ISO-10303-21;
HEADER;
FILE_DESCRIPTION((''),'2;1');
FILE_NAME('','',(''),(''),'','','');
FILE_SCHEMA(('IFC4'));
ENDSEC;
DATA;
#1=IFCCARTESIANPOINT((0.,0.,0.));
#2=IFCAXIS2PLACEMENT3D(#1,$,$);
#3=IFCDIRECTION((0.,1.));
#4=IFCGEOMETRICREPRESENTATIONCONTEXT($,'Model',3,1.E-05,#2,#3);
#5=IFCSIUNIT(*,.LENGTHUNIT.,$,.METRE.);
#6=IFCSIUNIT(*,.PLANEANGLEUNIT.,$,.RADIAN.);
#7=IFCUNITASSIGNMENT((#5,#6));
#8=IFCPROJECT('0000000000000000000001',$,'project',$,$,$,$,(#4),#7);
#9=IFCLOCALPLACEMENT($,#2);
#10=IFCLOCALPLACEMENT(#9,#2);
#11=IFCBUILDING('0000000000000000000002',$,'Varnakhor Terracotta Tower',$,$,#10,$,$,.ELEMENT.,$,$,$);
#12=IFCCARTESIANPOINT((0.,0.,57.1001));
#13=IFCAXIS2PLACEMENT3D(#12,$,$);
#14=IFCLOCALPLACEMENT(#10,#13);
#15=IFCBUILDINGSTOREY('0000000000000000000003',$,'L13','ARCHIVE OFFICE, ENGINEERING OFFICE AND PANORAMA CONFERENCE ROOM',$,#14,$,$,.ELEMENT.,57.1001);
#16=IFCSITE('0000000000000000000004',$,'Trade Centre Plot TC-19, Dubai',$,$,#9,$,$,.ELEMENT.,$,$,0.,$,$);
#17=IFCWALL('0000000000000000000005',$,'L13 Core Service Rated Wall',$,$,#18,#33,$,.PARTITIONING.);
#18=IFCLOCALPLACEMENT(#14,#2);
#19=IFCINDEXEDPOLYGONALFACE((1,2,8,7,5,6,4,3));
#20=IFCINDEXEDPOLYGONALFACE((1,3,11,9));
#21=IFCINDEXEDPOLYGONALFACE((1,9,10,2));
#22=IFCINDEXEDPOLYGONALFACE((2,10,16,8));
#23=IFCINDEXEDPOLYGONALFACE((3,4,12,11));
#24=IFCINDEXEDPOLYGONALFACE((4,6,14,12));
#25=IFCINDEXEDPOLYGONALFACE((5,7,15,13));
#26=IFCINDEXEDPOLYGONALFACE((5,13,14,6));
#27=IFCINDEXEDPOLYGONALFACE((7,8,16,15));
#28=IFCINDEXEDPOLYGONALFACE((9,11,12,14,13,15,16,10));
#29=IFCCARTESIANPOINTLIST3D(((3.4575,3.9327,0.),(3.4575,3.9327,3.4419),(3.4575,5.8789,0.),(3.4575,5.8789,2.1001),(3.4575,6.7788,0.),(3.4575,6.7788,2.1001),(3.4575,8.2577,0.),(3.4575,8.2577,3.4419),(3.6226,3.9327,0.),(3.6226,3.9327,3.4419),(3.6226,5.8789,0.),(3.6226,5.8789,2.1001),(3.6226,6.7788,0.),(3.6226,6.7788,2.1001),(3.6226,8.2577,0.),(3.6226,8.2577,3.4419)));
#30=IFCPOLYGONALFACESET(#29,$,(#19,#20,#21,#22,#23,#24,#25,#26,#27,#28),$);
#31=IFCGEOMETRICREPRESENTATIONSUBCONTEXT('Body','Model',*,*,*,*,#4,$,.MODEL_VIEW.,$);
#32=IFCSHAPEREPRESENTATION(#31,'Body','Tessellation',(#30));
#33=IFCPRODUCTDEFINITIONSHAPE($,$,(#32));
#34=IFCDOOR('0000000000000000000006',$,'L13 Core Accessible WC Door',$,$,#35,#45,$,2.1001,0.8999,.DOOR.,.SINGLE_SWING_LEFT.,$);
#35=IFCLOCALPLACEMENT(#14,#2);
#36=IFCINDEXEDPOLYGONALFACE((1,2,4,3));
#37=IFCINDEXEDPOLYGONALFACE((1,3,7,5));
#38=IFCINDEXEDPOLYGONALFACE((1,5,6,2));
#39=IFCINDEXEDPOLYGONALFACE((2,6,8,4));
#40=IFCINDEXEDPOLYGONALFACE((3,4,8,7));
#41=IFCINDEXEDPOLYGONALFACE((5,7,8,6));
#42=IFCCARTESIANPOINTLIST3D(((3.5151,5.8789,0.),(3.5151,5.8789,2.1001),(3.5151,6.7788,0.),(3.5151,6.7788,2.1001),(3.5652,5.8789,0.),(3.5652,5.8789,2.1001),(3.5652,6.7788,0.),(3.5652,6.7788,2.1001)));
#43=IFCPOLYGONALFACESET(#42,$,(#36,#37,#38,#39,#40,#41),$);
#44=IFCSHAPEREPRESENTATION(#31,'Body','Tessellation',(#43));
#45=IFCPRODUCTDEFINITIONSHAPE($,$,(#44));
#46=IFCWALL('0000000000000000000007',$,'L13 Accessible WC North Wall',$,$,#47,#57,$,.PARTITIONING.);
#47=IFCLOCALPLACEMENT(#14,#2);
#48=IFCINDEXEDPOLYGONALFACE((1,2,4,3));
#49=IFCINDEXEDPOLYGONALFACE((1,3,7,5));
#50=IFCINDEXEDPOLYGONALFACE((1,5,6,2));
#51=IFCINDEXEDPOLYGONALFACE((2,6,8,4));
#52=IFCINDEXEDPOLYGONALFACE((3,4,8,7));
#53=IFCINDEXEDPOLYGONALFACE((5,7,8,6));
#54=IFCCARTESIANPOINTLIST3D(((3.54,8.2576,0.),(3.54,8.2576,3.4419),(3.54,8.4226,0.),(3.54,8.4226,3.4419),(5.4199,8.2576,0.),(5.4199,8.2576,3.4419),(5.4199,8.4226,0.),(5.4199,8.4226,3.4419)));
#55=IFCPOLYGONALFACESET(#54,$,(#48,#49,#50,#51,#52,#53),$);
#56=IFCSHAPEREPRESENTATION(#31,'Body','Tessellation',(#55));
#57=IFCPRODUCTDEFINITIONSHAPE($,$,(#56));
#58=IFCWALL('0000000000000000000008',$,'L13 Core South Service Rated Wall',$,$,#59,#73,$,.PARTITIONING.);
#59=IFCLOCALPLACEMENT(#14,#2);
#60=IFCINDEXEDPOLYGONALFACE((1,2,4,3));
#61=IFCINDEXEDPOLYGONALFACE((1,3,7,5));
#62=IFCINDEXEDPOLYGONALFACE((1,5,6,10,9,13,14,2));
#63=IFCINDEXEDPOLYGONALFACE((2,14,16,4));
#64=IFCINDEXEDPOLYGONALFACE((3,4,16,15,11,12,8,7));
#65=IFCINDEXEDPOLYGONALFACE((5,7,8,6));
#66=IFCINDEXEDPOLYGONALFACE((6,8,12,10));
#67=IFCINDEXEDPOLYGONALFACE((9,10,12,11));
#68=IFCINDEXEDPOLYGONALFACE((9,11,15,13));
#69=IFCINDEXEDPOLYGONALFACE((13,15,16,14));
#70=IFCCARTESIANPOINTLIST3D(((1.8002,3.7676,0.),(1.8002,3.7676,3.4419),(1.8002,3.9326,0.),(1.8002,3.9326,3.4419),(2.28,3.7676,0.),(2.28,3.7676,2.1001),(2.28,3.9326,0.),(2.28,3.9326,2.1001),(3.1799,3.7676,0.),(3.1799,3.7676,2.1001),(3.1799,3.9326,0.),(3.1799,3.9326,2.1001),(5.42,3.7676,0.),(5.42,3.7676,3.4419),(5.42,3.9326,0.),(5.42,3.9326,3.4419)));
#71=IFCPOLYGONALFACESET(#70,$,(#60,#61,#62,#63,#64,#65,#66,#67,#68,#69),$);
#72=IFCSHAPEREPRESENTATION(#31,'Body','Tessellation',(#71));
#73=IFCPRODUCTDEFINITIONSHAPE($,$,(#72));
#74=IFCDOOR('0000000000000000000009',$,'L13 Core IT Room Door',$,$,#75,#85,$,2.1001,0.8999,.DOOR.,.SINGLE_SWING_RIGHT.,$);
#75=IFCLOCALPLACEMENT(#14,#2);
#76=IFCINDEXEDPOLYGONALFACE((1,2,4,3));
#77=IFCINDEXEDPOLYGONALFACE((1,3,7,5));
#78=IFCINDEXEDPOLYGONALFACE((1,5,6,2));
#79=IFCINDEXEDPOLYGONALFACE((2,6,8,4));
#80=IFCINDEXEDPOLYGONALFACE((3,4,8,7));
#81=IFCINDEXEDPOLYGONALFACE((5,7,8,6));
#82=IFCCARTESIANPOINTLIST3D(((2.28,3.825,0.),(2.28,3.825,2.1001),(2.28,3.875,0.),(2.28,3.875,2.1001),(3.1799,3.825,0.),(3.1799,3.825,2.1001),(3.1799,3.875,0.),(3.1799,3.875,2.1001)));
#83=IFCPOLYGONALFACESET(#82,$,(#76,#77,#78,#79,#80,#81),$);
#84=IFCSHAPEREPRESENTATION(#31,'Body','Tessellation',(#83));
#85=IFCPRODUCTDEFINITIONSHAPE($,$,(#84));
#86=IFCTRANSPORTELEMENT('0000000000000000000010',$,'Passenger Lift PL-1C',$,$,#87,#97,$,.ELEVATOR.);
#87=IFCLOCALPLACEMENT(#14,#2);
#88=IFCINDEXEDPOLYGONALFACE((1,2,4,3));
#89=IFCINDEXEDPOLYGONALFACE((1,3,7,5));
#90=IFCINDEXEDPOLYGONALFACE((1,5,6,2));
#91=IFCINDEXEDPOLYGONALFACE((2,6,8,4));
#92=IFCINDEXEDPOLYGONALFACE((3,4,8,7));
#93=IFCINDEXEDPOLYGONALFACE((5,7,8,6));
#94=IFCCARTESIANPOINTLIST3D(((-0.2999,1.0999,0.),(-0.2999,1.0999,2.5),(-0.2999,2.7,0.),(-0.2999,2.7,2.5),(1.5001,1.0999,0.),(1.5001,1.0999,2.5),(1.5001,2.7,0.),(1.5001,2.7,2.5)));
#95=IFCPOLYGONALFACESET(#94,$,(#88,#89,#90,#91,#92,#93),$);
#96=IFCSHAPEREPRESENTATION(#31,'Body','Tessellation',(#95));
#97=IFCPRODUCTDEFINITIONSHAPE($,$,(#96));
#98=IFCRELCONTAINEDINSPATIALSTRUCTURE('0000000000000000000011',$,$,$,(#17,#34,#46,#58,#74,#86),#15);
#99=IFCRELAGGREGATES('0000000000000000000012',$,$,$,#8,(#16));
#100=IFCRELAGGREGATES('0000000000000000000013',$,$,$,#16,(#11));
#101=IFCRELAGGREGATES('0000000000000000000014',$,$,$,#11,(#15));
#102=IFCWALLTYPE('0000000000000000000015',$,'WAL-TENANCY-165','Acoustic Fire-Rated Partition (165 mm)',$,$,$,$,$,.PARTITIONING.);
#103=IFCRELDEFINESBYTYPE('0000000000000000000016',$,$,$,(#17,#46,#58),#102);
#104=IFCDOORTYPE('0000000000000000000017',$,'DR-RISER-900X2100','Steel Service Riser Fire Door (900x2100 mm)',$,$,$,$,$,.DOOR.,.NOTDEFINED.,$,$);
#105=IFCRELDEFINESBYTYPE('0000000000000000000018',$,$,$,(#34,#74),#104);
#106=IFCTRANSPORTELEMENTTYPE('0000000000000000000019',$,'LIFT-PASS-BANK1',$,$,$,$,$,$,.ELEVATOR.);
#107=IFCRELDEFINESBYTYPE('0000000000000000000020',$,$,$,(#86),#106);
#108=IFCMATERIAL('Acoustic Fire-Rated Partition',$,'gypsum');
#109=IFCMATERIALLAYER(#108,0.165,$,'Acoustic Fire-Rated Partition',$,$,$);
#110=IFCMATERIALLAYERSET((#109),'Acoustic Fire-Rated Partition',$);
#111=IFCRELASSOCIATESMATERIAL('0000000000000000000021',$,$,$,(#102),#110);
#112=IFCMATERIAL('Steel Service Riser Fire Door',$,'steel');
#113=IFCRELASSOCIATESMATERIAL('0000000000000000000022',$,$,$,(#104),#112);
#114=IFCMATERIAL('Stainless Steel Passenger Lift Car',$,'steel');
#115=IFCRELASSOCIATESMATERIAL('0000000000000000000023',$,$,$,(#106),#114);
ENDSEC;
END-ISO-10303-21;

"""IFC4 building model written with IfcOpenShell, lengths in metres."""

from ifc_helpers import new_model, si_unit, direction, frame, frame_2d, origin, origin_2d, place, context, subcontext, project, spatial, rectangle, extrude, source, transform, mapped, material, layer, layer_set, type_object, type_shapes, element, fill, save


model = new_model("IFC4")

# Units and contexts
model_context = context("Model", 3, precision=1e-05, world=origin(), true_north=direction((0.0, 1.0)))
body_context = subcontext(model_context, "Body", "Model", "MODEL_VIEW")
ifc_project = project(units=[si_unit("LENGTHUNIT", "METRE"), si_unit("PLANEANGLEUNIT", "RADIAN")], contexts=[model_context])

# Site, building, storey
site_placement = place(None, origin())
site = spatial("IfcSite", under=ifc_project, at=site_placement, Name="Trade Centre Plot TC-19, Dubai", CompositionType="ELEMENT", RefElevation=0.0)
building_placement = place(site_placement, origin())
building = spatial("IfcBuilding", under=site, at=building_placement, Name="Varnakhor Terracotta Tower", CompositionType="ELEMENT")
storey_placement = place(building_placement, frame((0.0, 0.0, 57.1001)))
storey = spatial("IfcBuildingStorey", under=building, at=storey_placement, Name="L13", Description="ARCHIVE OFFICE, ENGINEERING OFFICE AND PANORAMA CONFERENCE ROOM", CompositionType="ELEMENT", Elevation=57.1001)

# Shared definitions
ifc_material_1 = material(Name="Acoustic Fire-Rated Partition", Category="gypsum")
ifc_layer_1 = layer(ifc_material_1, 0.165, Name="Acoustic Fire-Rated Partition")
ifc_layer_set_1 = layer_set([ifc_layer_1], Name="Acoustic Fire-Rated Partition")
wall_type_1 = type_object("IfcWallType", Name="WAL-TENANCY-165", Description="Acoustic Fire-Rated Partition (165 mm)", PredefinedType="PARTITIONING", material=ifc_layer_set_1)

# Wall, opening, door
wall_1_placement = place(storey_placement, frame((3.54, 3.9326, 0.0), z_axis=(0.0, 0.0, 1.0), x_axis=(0.0, 1.0, 0.0)))
wall_1 = element("IfcWall", 1, at=wall_1_placement, inside=storey, type_object=wall_type_1, Name="L13 Core Service Rated Wall", PredefinedType="PARTITIONING", context=body_context, shape_type="SweptSolid", body=[
    extrude(rectangle(XDim=4.325, YDim=0.165, at=frame_2d((2.1626, 0.0))), origin(), (0.0, 0.0, 1.0), 3.4419),
])
opening_1_placement = place(wall_1_placement, frame((1.9463, 0.0, 0.0)))
opening_1 = element("IfcOpeningElement", 2, at=opening_1_placement, cuts=wall_1, PredefinedType="OPENING", context=body_context, shape_type="SweptSolid", body=[
    extrude(rectangle(XDim=0.8999, YDim=2.1001, at=frame_2d((0.45, 1.05))), frame((0.0, 0.0925, 0.0), z_axis=(0.0, -1.0, 0.0), x_axis=(1.0, 0.0, 0.0)), (0.0, 0.0, 1.0), 0.1851),
])
ifc_material_2 = material(Name="Steel Service Riser Fire Door", Category="steel")
door_type_1 = type_object("IfcDoorType", Name="DR-RISER-900X2100", Description="Steel Service Riser Fire Door (900x2100 mm)", OperationType="NOTDEFINED", PredefinedType="DOOR", material=ifc_material_2)
shared_shape_1 = source(origin(), body_context, "Body", "SweptSolid", [
    extrude(rectangle(XDim=0.8999, YDim=2.1001, at=frame_2d((0.45, 1.05))), frame((0.0, 0.0249, 0.0), z_axis=(0.0, -1.0, 0.0), x_axis=(1.0, 0.0, 0.0)), (0.0, 0.0, 1.0), 0.05),
])
type_shapes(door_type_1, [shared_shape_1])
door_1_placement = place(opening_1_placement, origin())
door_1 = element("IfcDoor", 3, at=door_1_placement, inside=storey, type_object=door_type_1, Name="L13 Core Accessible WC Door", OperationType="SINGLE_SWING_LEFT", OverallHeight=2.1001, OverallWidth=0.8999, PredefinedType="DOOR", context=body_context, shape_type="MappedRepresentation", body=[
    mapped(shared_shape_1, transform((0.0, 0.0, 0.0), scale=1.0)),
])
fill(opening_1, door_1)

# Wall
wall_2_placement = place(storey_placement, frame((3.54, 8.3401, 0.0), z_axis=(0.0, 0.0, 1.0), x_axis=(1.0, 0.0, 0.0)))
element("IfcWall", 4, at=wall_2_placement, inside=storey, type_object=wall_type_1, Name="L13 Accessible WC North Wall", PredefinedType="PARTITIONING", context=body_context, shape_type="SweptSolid", body=[
    extrude(rectangle(XDim=1.8799, YDim=0.165, at=frame_2d((0.9399, 0.0))), origin(), (0.0, 0.0, 1.0), 3.4419),
])

# Wall, opening, door
wall_3_placement = place(storey_placement, frame((1.8, 3.8501, 0.0), z_axis=(0.0, 0.0, 1.0), x_axis=(1.0, 0.0, 0.0)))
wall_3 = element("IfcWall", 5, at=wall_3_placement, inside=storey, type_object=wall_type_1, Name="L13 Core South Service Rated Wall", PredefinedType="PARTITIONING", context=body_context, shape_type="SweptSolid", body=[
    extrude(rectangle(XDim=3.6199, YDim=0.165, at=frame_2d((1.8101, 0.0))), origin(), (0.0, 0.0, 1.0), 3.4419),
])
opening_2_placement = place(wall_3_placement, frame((0.48, 0.0, 0.0)))
opening_2 = element("IfcOpeningElement", 6, at=opening_2_placement, cuts=wall_3, PredefinedType="OPENING", context=body_context, shape_type="SweptSolid", body=[
    extrude(rectangle(XDim=0.8999, YDim=2.1001, at=frame_2d((0.45, 1.05))), frame((0.0, 0.0925, 0.0), z_axis=(0.0, -1.0, 0.0), x_axis=(1.0, 0.0, 0.0)), (0.0, 0.0, 1.0), 0.1851),
])
door_2_placement = place(opening_2_placement, origin())
door_2 = element("IfcDoor", 7, at=door_2_placement, inside=storey, type_object=door_type_1, Name="L13 Core IT Room Door", OperationType="SINGLE_SWING_RIGHT", OverallHeight=2.1001, OverallWidth=0.8999, PredefinedType="DOOR", context=body_context, shape_type="MappedRepresentation", body=[
    mapped(shared_shape_1, transform((0.0, 0.0, 0.0), scale=1.0)),
])
fill(opening_2, door_2)

# Transport element
ifc_material_3 = material(Name="Stainless Steel Passenger Lift Car", Category="steel")
transport_element_type = type_object("IfcTransportElementType", Name="LIFT-PASS-BANK1", PredefinedType="ELEVATOR", material=ifc_material_3)
shared_shape_2 = source(origin(), body_context, "Body", "SweptSolid", [
    extrude(rectangle(XDim=1.8, YDim=1.6001, at=origin_2d()), origin(), (0.0, 0.0, 1.0), 2.5),
])
type_shapes(transport_element_type, [shared_shape_2])
transport_element_placement = place(storey_placement, frame((0.6001, 1.8999, 0.0), z_axis=(0.0, 0.0, 1.0), x_axis=(1.0, 0.0, 0.0)))
element("IfcTransportElement", 8, at=transport_element_placement, inside=storey, type_object=transport_element_type, Name="Passenger Lift PL-1C", PredefinedType="ELEVATOR", context=body_context, shape_type="MappedRepresentation", body=[
    mapped(shared_shape_2, transform((0.0, 0.0, 0.0), scale=1.0)),
])

save(model, "model.ifc")
